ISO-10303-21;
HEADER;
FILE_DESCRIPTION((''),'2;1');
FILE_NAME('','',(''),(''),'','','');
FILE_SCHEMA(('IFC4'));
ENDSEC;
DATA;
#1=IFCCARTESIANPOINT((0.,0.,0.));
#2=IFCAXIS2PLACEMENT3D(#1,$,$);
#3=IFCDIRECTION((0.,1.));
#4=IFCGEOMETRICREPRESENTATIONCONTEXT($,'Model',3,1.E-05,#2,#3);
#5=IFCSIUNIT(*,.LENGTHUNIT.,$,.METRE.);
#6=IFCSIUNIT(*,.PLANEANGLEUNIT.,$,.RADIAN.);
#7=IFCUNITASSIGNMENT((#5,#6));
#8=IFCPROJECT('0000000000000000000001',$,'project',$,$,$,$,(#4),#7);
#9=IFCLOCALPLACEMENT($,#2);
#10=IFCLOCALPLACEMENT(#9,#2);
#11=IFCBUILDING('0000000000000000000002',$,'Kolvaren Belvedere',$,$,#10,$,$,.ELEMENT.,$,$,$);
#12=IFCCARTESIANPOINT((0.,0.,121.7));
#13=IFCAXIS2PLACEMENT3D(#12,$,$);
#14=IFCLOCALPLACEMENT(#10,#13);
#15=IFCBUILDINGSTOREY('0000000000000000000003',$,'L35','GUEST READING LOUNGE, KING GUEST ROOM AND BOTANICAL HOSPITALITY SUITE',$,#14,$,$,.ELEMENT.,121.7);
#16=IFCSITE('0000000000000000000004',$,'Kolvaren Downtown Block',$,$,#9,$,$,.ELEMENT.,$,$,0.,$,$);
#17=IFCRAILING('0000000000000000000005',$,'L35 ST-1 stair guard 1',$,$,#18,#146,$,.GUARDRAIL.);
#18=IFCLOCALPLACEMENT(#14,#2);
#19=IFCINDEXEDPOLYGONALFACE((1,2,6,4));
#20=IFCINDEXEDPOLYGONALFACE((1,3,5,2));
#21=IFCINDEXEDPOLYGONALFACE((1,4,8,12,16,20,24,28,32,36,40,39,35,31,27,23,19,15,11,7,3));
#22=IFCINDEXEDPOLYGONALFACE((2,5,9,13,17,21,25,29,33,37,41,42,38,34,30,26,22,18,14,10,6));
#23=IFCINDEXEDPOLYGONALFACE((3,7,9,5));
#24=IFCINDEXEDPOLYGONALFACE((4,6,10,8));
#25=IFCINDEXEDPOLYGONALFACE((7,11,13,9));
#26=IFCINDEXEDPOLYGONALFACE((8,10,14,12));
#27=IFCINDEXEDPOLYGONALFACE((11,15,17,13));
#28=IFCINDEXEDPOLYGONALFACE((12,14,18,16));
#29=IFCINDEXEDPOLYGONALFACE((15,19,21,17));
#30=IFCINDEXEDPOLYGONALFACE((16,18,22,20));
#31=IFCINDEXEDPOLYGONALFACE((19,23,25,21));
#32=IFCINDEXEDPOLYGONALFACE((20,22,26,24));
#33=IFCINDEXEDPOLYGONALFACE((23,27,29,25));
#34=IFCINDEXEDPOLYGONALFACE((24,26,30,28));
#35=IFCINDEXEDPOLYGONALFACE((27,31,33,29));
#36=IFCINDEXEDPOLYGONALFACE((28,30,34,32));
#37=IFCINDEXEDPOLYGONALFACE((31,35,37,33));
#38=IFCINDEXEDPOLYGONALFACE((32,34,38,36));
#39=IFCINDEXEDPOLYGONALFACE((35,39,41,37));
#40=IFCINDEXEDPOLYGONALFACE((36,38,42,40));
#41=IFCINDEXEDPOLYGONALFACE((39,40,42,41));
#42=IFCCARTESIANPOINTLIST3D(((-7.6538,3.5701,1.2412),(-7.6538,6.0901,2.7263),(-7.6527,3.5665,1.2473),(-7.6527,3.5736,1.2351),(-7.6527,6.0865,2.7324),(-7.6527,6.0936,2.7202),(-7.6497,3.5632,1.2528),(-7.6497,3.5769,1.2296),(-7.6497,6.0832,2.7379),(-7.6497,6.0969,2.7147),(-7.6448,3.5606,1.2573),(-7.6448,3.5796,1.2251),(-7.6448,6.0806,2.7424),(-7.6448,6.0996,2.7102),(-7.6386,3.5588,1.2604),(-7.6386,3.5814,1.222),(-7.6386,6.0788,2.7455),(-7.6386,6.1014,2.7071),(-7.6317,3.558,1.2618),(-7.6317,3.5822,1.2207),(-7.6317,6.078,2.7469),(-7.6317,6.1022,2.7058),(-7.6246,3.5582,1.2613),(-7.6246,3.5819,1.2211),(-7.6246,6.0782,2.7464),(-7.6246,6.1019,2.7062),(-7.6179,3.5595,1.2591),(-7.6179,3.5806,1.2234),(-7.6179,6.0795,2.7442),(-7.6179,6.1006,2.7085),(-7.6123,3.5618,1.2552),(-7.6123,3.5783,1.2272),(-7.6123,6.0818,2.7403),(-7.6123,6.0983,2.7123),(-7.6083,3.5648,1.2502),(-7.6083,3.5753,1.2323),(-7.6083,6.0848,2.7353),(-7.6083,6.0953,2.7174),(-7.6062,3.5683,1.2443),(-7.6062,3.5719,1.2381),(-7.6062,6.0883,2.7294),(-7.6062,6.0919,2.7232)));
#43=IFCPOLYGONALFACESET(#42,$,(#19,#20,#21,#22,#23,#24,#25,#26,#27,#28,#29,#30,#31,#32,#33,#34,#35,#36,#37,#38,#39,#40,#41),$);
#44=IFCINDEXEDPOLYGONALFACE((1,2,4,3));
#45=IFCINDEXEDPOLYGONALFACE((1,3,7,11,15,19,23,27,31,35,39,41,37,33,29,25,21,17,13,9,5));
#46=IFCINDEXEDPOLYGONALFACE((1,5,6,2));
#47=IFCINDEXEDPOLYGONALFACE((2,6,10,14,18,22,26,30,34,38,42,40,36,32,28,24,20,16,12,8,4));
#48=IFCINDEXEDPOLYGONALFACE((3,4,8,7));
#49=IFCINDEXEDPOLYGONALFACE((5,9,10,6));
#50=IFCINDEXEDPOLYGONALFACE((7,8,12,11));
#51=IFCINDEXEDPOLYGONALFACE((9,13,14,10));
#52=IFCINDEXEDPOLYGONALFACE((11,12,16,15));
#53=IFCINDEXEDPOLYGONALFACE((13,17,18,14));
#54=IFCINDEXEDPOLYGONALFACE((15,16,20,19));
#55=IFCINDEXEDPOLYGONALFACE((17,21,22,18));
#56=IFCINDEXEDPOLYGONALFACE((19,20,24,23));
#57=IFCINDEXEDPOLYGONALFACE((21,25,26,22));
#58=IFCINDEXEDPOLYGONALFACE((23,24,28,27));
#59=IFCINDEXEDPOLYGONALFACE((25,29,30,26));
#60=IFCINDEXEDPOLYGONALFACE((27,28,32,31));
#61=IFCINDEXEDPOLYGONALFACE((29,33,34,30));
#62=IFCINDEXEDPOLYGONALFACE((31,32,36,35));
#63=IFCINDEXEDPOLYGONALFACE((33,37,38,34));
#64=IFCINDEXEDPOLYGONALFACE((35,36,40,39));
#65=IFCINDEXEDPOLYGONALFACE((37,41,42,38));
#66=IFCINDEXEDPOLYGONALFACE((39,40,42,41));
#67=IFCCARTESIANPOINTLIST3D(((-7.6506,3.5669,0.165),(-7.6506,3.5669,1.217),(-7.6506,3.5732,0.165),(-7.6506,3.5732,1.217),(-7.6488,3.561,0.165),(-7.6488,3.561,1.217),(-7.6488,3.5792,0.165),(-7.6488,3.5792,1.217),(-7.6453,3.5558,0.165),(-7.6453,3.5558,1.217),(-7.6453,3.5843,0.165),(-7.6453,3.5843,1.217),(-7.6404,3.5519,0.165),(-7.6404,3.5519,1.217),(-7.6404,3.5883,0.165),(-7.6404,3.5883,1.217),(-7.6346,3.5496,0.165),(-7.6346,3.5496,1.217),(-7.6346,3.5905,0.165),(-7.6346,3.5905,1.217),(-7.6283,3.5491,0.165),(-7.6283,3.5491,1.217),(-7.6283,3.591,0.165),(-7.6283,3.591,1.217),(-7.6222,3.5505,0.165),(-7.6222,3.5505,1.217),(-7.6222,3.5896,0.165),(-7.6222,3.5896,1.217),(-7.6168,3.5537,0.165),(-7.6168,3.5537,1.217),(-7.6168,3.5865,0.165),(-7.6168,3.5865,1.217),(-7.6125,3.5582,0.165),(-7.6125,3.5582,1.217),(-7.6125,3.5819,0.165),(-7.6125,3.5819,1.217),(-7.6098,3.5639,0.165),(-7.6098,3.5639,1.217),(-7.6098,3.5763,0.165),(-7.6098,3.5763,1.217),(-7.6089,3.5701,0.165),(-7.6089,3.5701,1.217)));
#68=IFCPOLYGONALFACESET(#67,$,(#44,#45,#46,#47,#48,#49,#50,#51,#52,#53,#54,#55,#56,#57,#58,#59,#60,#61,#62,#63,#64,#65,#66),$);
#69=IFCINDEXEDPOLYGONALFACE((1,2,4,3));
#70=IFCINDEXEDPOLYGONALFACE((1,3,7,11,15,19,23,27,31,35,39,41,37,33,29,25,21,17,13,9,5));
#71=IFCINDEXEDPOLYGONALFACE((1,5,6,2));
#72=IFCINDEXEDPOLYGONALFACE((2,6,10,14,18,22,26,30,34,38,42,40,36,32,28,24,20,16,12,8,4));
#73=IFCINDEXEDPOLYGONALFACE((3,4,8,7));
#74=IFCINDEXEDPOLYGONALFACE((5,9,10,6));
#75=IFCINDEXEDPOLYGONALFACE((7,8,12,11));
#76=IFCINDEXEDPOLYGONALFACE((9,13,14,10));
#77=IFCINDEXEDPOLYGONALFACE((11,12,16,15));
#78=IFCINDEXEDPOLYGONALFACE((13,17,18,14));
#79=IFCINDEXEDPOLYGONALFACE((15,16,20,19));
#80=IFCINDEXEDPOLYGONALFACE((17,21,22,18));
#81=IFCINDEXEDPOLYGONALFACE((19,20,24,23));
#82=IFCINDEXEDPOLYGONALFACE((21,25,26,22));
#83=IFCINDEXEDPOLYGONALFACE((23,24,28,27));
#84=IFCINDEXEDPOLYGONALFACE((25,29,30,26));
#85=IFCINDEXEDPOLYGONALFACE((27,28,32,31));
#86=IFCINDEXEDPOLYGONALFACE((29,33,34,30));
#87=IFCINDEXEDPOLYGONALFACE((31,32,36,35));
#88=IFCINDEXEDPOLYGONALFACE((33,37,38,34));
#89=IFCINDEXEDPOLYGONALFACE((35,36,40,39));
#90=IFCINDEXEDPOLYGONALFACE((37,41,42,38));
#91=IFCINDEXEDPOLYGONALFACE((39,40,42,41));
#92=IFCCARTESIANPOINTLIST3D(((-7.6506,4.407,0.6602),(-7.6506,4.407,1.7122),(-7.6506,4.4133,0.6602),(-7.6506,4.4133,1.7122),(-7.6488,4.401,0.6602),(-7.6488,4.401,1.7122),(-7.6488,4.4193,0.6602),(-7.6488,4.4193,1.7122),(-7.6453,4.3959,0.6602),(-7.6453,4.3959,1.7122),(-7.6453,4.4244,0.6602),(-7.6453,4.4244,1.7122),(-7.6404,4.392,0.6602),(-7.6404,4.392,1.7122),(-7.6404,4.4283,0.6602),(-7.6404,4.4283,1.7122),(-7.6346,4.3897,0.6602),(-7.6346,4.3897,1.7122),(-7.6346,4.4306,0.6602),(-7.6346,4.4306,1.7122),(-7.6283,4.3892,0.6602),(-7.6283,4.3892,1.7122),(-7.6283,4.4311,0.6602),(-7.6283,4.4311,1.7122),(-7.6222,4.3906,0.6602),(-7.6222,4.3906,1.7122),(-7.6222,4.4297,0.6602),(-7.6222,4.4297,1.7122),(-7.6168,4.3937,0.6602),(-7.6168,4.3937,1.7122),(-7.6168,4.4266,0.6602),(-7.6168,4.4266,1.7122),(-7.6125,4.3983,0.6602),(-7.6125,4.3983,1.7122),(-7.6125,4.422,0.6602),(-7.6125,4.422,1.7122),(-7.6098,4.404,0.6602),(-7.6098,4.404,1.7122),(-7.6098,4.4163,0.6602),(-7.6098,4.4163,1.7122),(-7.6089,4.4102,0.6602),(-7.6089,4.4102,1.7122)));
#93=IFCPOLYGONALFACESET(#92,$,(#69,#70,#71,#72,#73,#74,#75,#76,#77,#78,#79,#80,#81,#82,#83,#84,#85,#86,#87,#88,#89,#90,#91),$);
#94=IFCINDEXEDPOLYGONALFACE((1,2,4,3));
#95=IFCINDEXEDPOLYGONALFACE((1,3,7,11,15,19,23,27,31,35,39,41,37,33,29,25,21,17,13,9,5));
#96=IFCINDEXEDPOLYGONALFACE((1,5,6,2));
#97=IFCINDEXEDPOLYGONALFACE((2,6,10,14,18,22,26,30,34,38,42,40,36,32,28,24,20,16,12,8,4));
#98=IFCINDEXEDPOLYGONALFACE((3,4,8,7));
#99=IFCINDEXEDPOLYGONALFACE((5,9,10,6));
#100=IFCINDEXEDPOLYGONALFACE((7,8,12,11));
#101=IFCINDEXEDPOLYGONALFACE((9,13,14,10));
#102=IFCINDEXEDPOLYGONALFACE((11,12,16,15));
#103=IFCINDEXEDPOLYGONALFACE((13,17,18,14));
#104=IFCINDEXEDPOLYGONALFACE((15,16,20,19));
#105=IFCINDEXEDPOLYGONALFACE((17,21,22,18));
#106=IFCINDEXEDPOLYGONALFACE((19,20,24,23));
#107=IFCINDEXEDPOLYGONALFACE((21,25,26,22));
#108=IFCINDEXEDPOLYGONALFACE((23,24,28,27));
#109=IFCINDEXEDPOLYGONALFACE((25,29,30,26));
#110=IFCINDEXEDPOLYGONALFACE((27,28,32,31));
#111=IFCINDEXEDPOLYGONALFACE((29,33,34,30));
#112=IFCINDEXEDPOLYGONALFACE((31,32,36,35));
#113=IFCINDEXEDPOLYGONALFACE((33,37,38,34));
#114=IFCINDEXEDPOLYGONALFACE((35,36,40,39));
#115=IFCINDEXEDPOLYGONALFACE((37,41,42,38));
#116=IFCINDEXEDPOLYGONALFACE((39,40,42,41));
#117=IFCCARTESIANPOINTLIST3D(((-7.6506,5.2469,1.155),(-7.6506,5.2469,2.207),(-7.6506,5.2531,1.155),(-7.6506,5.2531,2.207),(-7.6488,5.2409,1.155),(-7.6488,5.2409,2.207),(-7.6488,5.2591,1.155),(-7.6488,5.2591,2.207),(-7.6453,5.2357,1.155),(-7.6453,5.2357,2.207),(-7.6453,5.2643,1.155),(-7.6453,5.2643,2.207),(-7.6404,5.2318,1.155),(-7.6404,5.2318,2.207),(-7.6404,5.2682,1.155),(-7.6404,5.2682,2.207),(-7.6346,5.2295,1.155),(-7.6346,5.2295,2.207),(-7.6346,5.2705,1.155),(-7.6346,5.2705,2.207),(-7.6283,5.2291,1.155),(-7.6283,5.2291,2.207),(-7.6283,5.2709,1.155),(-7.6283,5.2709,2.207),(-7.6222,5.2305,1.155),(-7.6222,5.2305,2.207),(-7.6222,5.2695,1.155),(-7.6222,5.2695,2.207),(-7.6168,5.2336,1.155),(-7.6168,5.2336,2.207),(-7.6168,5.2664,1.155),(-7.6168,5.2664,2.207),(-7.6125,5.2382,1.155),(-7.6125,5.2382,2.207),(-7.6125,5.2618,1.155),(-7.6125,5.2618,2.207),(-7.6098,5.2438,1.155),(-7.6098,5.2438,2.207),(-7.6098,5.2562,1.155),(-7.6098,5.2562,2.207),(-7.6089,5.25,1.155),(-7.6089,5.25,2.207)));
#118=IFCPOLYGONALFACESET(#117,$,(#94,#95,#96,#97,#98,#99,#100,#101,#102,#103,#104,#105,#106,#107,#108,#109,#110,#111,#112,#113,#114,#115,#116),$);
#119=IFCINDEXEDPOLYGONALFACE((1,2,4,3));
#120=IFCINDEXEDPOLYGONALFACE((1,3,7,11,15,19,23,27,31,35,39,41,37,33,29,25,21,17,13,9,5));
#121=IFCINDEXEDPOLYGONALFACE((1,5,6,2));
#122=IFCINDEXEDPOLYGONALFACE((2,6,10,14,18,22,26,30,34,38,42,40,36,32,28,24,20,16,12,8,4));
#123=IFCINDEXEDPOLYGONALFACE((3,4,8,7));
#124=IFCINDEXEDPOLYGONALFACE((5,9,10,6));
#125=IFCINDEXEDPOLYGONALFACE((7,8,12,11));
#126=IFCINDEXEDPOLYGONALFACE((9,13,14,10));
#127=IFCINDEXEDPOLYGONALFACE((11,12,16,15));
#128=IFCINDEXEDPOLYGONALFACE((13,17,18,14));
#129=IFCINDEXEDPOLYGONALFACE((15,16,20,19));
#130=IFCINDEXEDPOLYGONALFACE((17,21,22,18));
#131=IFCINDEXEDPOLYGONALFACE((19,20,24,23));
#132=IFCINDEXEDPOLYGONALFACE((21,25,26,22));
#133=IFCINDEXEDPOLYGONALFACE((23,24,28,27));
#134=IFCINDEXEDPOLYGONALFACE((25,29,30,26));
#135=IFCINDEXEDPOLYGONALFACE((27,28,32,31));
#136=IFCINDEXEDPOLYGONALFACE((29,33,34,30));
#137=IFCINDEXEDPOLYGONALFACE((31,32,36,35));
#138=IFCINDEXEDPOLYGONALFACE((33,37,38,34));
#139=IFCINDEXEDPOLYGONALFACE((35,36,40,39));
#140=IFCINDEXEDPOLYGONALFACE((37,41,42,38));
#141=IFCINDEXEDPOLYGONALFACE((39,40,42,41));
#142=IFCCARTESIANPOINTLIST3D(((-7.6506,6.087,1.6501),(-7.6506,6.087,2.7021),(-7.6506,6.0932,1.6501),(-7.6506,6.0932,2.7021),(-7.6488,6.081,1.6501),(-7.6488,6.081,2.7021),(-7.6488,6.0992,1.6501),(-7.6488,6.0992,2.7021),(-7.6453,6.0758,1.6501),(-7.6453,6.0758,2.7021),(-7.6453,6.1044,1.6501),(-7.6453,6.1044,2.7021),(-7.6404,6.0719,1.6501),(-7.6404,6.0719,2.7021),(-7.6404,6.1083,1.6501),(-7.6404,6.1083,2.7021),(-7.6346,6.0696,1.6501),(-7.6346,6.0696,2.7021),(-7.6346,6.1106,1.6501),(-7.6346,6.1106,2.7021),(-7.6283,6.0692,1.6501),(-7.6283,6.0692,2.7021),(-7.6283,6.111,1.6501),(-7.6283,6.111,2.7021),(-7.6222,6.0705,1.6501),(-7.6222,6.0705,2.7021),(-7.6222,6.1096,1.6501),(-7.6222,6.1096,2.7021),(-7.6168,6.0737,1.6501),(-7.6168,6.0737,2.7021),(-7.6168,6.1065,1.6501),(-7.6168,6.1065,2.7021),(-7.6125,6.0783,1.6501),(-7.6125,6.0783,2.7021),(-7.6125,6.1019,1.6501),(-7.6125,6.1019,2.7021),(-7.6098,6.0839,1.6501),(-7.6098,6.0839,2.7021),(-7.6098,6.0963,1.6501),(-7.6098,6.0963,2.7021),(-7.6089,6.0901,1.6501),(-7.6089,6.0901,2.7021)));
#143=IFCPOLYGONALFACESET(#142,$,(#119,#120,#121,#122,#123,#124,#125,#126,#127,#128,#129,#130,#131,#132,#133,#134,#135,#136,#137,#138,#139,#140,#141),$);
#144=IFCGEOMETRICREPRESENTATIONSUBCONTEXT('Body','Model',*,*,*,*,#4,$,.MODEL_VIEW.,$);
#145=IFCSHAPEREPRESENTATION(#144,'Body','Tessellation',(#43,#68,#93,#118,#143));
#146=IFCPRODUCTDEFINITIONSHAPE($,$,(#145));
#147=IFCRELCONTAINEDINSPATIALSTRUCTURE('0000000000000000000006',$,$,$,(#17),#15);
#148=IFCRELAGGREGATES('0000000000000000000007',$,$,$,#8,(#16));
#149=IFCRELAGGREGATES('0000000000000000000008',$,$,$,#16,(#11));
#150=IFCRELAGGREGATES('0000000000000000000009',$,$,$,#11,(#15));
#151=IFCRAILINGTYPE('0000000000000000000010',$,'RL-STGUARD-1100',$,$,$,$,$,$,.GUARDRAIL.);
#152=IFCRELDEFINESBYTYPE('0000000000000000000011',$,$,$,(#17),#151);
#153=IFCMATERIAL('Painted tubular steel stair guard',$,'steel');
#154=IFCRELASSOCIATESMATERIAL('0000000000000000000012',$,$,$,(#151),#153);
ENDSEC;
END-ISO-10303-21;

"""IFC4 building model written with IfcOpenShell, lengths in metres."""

from ifc_helpers import new_model, si_unit, direction, frame, origin, origin_2d, place, context, subcontext, project, spatial, circle, extrude, material, type_object, element, save


model = new_model("IFC4")

# Units and contexts
model_context = context("Model", 3, precision=1e-05, world=origin(), true_north=direction((0.0, 1.0)))
body_context = subcontext(model_context, "Body", "Model", "MODEL_VIEW")
ifc_project = project(units=[si_unit("LENGTHUNIT", "METRE"), si_unit("PLANEANGLEUNIT", "RADIAN")], contexts=[model_context])

# Site, building, storey
site_placement = place(None, origin())
site = spatial("IfcSite", under=ifc_project, at=site_placement, Name="Kolvaren Downtown Block", CompositionType="ELEMENT", RefElevation=0.0)
building_placement = place(site_placement, origin())
building = spatial("IfcBuilding", under=site, at=building_placement, Name="Kolvaren Belvedere", CompositionType="ELEMENT")
storey_placement = place(building_placement, frame((0.0, 0.0, 121.7)))
storey = spatial("IfcBuildingStorey", under=building, at=storey_placement, Name="L35", Description="GUEST READING LOUNGE, KING GUEST ROOM AND BOTANICAL HOSPITALITY SUITE", CompositionType="ELEMENT", Elevation=121.7)

# Railing
ifc_material_1 = material(Name="Painted tubular steel stair guard", Category="steel")
railing_type_1 = type_object("IfcRailingType", Name="RL-STGUARD-1100", PredefinedType="GUARDRAIL", material=ifc_material_1)
railing_1_placement = place(storey_placement, frame((-7.6299, 3.5701, 0.165)))
element("IfcRailing", 1, at=railing_1_placement, inside=storey, type_object=railing_type_1, Name="L35 ST-1 stair guard 1", PredefinedType="GUARDRAIL", context=body_context, shape_type="SweptSolid", body=[
    extrude(circle(Radius=0.0239, at=origin_2d()), frame((0.0, 0.0, 1.0762), z_axis=(0.0, 0.861524, 0.507717), x_axis=(-1.0, 0.0, 0.0)), (0.0, 0.0, 1.0), 2.925),
    extrude(circle(Radius=0.021, at=origin_2d()), origin(), (0.0, 0.0, 1.0), 1.052),
    extrude(circle(Radius=0.021, at=origin_2d()), frame((0.0, 0.8401, 0.4951)), (0.0, 0.0, 1.0), 1.052),
    extrude(circle(Radius=0.021, at=origin_2d()), frame((0.0, 1.6799, 0.99)), (0.0, 0.0, 1.0), 1.052),
    extrude(circle(Radius=0.021, at=origin_2d()), frame((0.0, 2.52, 1.4851)), (0.0, 0.0, 1.0), 1.052),
])

save(model, "model.ifc")
